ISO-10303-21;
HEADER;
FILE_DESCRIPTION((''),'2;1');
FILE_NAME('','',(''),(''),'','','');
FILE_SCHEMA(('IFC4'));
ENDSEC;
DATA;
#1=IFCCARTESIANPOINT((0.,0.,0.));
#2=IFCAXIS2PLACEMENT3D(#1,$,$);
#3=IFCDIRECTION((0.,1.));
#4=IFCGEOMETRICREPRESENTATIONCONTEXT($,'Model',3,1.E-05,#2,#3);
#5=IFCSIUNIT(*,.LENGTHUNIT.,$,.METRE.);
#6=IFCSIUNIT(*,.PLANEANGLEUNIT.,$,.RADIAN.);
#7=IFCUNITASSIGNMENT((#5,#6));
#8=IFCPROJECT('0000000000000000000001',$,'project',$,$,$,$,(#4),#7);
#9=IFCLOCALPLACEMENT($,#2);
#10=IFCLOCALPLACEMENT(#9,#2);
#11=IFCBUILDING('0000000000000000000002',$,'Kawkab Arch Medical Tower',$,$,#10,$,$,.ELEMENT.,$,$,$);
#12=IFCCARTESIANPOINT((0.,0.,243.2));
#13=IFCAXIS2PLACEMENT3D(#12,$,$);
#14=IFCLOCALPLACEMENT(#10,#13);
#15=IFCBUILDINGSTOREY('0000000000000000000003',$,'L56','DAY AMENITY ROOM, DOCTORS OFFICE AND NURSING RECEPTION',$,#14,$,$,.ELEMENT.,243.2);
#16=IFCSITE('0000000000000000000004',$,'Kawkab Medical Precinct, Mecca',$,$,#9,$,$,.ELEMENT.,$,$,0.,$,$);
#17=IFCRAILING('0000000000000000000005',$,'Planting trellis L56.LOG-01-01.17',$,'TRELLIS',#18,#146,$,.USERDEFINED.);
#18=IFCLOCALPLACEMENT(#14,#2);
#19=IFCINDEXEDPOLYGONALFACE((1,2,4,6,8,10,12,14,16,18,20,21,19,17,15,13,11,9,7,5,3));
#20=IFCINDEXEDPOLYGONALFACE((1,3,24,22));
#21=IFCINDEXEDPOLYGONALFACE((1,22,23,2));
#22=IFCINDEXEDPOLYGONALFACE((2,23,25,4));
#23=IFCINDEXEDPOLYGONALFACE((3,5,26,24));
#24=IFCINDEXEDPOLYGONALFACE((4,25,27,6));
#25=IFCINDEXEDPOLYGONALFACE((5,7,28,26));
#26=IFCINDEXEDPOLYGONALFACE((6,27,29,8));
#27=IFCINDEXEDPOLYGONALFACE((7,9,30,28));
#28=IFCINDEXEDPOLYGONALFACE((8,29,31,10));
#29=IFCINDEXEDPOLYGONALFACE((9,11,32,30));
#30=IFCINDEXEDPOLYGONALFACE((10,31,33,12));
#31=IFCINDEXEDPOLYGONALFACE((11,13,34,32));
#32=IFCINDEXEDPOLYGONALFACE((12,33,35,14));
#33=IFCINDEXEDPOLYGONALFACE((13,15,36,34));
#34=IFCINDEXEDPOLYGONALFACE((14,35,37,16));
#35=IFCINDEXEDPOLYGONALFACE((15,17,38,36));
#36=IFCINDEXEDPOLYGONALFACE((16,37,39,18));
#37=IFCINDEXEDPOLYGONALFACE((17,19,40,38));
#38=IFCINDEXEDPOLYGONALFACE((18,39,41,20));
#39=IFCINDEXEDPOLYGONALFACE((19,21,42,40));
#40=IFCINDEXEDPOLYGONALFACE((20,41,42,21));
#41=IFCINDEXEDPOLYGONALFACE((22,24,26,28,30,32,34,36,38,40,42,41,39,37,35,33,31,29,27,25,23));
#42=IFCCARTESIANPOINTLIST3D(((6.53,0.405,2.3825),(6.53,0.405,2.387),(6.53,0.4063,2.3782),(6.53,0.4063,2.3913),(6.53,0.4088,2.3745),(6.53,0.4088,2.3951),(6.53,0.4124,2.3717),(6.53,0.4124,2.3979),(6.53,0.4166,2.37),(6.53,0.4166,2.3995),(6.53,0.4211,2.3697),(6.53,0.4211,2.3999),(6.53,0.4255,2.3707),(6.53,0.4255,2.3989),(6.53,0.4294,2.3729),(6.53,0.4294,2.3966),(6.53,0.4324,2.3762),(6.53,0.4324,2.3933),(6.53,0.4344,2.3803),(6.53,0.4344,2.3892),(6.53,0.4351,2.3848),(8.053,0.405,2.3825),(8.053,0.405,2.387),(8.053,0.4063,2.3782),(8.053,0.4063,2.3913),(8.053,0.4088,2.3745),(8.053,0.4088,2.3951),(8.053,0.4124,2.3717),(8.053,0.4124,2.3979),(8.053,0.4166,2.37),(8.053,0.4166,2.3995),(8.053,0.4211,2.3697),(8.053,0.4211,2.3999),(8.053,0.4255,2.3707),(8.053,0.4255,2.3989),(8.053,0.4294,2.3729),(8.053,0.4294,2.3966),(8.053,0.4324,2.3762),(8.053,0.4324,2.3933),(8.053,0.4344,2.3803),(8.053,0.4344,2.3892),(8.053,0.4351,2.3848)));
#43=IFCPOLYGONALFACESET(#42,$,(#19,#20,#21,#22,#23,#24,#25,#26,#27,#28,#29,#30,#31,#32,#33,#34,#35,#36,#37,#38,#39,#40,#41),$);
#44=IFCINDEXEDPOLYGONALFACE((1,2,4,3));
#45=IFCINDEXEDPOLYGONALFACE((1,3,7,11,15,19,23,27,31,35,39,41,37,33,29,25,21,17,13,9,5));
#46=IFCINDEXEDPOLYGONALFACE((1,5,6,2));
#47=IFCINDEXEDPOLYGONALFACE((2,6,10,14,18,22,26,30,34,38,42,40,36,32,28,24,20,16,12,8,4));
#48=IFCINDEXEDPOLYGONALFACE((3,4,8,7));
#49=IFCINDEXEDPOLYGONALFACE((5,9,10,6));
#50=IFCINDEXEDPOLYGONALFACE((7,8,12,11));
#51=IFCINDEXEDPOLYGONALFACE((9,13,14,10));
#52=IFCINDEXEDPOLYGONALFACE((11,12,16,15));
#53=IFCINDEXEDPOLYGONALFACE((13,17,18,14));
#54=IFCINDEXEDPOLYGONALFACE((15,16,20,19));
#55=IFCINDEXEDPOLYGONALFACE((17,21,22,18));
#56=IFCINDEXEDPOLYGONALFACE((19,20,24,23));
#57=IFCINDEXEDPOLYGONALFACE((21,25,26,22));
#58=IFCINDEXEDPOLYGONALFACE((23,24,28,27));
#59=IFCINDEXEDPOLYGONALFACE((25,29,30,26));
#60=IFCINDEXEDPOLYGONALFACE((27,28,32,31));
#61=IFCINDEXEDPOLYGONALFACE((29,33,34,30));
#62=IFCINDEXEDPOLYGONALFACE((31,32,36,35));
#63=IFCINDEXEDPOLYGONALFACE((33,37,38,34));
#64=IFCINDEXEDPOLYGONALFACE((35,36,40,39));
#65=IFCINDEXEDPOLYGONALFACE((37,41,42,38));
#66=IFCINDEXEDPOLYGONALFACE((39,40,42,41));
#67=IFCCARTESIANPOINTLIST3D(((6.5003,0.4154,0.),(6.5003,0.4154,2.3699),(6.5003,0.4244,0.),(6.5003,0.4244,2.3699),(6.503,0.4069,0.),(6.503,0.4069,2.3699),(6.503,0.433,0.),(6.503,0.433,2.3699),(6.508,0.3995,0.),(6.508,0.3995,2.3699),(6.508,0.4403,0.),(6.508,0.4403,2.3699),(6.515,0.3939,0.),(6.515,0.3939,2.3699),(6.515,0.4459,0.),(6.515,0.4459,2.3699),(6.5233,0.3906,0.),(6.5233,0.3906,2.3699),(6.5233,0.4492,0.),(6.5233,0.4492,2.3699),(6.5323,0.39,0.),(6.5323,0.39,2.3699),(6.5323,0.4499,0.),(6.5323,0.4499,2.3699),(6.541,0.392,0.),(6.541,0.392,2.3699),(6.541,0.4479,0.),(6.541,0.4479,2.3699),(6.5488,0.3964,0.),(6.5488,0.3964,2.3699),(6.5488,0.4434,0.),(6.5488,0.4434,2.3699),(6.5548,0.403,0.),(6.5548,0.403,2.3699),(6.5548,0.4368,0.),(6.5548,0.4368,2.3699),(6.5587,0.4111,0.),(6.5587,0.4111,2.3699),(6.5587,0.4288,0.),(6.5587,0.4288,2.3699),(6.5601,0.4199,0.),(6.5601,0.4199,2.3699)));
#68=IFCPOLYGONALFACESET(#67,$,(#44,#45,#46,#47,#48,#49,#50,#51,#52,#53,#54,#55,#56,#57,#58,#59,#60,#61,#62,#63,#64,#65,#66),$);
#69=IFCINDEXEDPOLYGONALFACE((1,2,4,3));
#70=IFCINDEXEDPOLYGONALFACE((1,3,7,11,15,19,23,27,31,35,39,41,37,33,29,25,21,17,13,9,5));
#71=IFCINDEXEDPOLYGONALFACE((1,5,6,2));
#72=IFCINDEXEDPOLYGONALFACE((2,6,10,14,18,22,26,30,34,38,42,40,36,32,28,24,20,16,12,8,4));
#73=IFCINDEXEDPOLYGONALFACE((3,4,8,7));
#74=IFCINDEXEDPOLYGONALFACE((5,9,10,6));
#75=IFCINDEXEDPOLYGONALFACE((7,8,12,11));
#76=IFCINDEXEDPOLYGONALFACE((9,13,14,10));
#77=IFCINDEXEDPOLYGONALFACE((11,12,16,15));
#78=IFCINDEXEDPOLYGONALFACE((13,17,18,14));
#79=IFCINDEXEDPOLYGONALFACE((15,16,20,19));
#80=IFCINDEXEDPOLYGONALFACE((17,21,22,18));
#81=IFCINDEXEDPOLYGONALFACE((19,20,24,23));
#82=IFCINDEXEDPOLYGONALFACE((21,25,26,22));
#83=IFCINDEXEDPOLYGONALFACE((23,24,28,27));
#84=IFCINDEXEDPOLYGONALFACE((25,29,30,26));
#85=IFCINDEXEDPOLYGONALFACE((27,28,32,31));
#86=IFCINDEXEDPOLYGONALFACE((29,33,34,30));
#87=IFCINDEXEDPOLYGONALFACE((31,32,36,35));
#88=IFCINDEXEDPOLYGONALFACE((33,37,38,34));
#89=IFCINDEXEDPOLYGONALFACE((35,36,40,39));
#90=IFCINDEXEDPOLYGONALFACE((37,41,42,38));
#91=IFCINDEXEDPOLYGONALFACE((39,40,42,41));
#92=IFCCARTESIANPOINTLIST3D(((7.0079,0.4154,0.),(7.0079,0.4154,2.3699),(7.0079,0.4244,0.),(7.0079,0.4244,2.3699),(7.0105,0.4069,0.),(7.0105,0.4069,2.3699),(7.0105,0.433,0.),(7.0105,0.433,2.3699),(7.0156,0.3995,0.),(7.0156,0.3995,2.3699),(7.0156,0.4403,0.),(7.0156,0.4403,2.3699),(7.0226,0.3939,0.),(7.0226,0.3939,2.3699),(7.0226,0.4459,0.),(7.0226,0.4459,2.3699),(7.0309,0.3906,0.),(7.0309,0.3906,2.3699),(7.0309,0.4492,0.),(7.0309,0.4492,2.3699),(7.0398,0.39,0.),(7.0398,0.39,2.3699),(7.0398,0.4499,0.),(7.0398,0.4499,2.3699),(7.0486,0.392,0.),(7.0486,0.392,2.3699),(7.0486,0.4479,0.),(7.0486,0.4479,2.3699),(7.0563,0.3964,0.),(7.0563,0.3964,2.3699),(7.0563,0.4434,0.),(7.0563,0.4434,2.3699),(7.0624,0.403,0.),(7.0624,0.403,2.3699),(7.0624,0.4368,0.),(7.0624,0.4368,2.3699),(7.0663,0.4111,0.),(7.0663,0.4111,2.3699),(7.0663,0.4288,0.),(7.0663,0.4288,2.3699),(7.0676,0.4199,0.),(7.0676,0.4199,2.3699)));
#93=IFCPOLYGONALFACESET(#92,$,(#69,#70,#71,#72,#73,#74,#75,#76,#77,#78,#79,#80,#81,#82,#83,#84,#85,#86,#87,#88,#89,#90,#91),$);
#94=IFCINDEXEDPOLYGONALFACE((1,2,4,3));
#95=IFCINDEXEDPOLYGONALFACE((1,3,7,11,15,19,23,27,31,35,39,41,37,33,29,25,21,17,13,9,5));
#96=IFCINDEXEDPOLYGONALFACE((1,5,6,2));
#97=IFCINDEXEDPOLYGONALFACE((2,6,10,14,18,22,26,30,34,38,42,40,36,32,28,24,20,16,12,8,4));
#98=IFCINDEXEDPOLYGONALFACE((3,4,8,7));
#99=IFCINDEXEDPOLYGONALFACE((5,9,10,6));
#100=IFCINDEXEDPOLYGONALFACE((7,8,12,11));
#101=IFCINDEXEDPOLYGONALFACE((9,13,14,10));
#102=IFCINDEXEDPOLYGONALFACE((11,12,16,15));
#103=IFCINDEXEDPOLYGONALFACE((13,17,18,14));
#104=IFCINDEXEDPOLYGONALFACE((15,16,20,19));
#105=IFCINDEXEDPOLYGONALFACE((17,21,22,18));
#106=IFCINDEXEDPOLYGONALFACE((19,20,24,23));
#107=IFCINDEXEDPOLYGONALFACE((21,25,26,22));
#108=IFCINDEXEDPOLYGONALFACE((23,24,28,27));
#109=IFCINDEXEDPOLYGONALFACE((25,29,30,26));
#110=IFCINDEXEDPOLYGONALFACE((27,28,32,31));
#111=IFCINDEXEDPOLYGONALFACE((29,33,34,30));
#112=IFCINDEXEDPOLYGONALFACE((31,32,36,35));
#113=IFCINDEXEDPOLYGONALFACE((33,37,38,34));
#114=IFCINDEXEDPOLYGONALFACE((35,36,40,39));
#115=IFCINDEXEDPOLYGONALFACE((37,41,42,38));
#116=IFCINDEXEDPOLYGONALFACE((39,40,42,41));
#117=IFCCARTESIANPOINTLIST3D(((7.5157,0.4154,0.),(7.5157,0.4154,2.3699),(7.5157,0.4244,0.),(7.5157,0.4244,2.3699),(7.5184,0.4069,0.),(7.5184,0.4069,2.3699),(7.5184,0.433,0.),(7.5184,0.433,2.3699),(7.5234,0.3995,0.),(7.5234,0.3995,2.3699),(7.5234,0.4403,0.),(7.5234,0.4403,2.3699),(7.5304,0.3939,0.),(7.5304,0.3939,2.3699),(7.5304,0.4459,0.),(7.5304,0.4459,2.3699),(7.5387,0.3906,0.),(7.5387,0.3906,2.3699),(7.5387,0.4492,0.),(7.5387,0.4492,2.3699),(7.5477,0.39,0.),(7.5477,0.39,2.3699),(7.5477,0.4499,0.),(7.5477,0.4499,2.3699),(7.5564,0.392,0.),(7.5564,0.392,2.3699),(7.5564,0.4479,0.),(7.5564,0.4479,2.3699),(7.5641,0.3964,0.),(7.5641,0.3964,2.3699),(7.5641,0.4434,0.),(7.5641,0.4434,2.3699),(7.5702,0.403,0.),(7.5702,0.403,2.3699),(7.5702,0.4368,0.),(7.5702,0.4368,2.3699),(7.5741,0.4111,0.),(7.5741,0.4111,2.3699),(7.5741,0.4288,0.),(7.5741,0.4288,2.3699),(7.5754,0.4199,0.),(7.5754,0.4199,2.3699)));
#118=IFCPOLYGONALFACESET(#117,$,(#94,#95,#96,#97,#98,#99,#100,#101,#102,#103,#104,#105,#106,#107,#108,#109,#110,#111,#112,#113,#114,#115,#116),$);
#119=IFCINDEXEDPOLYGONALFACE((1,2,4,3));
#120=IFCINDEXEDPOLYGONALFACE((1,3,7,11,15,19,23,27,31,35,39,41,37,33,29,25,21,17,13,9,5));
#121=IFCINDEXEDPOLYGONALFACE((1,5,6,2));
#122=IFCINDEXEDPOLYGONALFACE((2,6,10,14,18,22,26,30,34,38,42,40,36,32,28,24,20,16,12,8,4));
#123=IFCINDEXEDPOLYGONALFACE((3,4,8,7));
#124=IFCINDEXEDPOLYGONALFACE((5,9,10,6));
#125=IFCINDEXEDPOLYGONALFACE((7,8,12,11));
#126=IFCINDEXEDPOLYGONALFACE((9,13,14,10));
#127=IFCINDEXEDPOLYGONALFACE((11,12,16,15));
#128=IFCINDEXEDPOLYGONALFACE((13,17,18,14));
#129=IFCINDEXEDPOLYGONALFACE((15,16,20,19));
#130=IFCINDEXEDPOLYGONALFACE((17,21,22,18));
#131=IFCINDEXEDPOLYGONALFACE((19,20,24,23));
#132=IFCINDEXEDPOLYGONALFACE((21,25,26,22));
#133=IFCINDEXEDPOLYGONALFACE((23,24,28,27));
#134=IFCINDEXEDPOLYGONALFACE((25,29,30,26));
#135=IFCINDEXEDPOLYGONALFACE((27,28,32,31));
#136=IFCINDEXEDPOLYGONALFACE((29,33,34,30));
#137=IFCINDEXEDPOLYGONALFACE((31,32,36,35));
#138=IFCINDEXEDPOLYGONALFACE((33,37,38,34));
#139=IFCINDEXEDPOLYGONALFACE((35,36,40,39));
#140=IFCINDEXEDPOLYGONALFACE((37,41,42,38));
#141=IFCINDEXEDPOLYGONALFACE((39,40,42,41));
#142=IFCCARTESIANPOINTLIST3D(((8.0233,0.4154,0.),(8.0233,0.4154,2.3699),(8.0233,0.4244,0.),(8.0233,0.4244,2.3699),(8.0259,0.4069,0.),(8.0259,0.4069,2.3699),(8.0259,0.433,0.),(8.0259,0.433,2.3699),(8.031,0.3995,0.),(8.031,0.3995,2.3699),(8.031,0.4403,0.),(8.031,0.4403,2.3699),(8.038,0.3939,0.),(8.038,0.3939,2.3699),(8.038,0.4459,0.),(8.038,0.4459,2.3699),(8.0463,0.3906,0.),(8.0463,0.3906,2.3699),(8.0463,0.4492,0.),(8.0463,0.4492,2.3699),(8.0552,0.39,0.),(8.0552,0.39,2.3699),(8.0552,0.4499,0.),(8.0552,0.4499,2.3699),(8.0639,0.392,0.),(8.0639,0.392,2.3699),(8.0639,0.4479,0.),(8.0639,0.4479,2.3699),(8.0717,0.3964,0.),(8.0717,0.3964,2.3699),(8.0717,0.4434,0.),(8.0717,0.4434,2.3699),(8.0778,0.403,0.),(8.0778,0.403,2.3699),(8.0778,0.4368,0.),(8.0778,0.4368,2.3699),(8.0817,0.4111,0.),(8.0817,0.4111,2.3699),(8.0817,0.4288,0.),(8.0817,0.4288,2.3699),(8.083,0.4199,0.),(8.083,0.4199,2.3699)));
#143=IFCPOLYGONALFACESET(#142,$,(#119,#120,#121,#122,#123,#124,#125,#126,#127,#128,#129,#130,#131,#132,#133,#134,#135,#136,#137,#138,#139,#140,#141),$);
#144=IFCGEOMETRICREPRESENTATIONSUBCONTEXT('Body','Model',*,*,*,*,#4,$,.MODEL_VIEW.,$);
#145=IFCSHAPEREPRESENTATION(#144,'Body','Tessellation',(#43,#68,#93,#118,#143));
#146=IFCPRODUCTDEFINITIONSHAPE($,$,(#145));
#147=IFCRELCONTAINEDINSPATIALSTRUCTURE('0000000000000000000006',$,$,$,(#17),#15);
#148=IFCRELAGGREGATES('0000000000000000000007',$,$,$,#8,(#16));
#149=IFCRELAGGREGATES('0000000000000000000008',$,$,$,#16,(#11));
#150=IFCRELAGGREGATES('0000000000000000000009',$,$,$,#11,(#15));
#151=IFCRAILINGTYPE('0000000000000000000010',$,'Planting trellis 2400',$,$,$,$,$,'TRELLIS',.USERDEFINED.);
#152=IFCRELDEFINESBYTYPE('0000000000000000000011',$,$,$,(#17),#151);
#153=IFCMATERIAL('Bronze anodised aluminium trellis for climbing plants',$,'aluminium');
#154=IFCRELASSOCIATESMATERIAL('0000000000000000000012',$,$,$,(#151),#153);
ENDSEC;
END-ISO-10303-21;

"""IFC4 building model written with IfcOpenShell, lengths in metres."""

from ifc_helpers import new_model, si_unit, direction, frame, origin, origin_2d, place, context, subcontext, project, spatial, circle, extrude, material, type_object, element, save


model = new_model("IFC4")

# Units and contexts
model_context = context("Model", 3, precision=1e-05, world=origin(), true_north=direction((0.0, 1.0)))
body_context = subcontext(model_context, "Body", "Model", "MODEL_VIEW")
ifc_project = project(units=[si_unit("LENGTHUNIT", "METRE"), si_unit("PLANEANGLEUNIT", "RADIAN")], contexts=[model_context])

# Site, building, storey
site_placement = place(None, origin())
site = spatial("IfcSite", under=ifc_project, at=site_placement, Name="Kawkab Medical Precinct, Mecca", CompositionType="ELEMENT", RefElevation=0.0)
building_placement = place(site_placement, origin())
building = spatial("IfcBuilding", under=site, at=building_placement, Name="Kawkab Arch Medical Tower", CompositionType="ELEMENT")
storey_placement = place(building_placement, frame((0.0, 0.0, 243.2)))
storey = spatial("IfcBuildingStorey", under=building, at=storey_placement, Name="L56", Description="DAY AMENITY ROOM, DOCTORS OFFICE AND NURSING RECEPTION", CompositionType="ELEMENT", Elevation=243.2)

# Railing
ifc_material_1 = material(Name="Bronze anodised aluminium trellis for climbing plants", Category="aluminium")
railing_type_1 = type_object("IfcRailingType", Name="Planting trellis 2400", ElementType="TRELLIS", PredefinedType="USERDEFINED", material=ifc_material_1)
railing_1_placement = place(storey_placement, frame((6.53, 0.4199, 0.0)))
element("IfcRailing", 1, at=railing_1_placement, inside=storey, type_object=railing_type_1, Name="Planting trellis L56.LOG-01-01.17", ObjectType="TRELLIS", PredefinedType="USERDEFINED", context=body_context, shape_type="SweptSolid", body=[
    extrude(circle(Radius=0.0151, at=origin_2d()), frame((0.0, 0.0, 2.3848), z_axis=(1.0, 0.0, 0.0), x_axis=(0.0, 1.0, 0.0)), (0.0, 0.0, 1.0), 1.5229),
    extrude(circle(Radius=0.03, at=origin_2d()), origin(), (0.0, 0.0, 1.0), 2.3699),
    extrude(circle(Radius=0.03, at=origin_2d()), frame((0.5076, 0.0, 0.0)), (0.0, 0.0, 1.0), 2.3699),
    extrude(circle(Radius=0.03, at=origin_2d()), frame((1.0154, 0.0, 0.0)), (0.0, 0.0, 1.0), 2.3699),
    extrude(circle(Radius=0.03, at=origin_2d()), frame((1.5229, 0.0, 0.0)), (0.0, 0.0, 1.0), 2.3699),
])

save(model, "model.ifc")
